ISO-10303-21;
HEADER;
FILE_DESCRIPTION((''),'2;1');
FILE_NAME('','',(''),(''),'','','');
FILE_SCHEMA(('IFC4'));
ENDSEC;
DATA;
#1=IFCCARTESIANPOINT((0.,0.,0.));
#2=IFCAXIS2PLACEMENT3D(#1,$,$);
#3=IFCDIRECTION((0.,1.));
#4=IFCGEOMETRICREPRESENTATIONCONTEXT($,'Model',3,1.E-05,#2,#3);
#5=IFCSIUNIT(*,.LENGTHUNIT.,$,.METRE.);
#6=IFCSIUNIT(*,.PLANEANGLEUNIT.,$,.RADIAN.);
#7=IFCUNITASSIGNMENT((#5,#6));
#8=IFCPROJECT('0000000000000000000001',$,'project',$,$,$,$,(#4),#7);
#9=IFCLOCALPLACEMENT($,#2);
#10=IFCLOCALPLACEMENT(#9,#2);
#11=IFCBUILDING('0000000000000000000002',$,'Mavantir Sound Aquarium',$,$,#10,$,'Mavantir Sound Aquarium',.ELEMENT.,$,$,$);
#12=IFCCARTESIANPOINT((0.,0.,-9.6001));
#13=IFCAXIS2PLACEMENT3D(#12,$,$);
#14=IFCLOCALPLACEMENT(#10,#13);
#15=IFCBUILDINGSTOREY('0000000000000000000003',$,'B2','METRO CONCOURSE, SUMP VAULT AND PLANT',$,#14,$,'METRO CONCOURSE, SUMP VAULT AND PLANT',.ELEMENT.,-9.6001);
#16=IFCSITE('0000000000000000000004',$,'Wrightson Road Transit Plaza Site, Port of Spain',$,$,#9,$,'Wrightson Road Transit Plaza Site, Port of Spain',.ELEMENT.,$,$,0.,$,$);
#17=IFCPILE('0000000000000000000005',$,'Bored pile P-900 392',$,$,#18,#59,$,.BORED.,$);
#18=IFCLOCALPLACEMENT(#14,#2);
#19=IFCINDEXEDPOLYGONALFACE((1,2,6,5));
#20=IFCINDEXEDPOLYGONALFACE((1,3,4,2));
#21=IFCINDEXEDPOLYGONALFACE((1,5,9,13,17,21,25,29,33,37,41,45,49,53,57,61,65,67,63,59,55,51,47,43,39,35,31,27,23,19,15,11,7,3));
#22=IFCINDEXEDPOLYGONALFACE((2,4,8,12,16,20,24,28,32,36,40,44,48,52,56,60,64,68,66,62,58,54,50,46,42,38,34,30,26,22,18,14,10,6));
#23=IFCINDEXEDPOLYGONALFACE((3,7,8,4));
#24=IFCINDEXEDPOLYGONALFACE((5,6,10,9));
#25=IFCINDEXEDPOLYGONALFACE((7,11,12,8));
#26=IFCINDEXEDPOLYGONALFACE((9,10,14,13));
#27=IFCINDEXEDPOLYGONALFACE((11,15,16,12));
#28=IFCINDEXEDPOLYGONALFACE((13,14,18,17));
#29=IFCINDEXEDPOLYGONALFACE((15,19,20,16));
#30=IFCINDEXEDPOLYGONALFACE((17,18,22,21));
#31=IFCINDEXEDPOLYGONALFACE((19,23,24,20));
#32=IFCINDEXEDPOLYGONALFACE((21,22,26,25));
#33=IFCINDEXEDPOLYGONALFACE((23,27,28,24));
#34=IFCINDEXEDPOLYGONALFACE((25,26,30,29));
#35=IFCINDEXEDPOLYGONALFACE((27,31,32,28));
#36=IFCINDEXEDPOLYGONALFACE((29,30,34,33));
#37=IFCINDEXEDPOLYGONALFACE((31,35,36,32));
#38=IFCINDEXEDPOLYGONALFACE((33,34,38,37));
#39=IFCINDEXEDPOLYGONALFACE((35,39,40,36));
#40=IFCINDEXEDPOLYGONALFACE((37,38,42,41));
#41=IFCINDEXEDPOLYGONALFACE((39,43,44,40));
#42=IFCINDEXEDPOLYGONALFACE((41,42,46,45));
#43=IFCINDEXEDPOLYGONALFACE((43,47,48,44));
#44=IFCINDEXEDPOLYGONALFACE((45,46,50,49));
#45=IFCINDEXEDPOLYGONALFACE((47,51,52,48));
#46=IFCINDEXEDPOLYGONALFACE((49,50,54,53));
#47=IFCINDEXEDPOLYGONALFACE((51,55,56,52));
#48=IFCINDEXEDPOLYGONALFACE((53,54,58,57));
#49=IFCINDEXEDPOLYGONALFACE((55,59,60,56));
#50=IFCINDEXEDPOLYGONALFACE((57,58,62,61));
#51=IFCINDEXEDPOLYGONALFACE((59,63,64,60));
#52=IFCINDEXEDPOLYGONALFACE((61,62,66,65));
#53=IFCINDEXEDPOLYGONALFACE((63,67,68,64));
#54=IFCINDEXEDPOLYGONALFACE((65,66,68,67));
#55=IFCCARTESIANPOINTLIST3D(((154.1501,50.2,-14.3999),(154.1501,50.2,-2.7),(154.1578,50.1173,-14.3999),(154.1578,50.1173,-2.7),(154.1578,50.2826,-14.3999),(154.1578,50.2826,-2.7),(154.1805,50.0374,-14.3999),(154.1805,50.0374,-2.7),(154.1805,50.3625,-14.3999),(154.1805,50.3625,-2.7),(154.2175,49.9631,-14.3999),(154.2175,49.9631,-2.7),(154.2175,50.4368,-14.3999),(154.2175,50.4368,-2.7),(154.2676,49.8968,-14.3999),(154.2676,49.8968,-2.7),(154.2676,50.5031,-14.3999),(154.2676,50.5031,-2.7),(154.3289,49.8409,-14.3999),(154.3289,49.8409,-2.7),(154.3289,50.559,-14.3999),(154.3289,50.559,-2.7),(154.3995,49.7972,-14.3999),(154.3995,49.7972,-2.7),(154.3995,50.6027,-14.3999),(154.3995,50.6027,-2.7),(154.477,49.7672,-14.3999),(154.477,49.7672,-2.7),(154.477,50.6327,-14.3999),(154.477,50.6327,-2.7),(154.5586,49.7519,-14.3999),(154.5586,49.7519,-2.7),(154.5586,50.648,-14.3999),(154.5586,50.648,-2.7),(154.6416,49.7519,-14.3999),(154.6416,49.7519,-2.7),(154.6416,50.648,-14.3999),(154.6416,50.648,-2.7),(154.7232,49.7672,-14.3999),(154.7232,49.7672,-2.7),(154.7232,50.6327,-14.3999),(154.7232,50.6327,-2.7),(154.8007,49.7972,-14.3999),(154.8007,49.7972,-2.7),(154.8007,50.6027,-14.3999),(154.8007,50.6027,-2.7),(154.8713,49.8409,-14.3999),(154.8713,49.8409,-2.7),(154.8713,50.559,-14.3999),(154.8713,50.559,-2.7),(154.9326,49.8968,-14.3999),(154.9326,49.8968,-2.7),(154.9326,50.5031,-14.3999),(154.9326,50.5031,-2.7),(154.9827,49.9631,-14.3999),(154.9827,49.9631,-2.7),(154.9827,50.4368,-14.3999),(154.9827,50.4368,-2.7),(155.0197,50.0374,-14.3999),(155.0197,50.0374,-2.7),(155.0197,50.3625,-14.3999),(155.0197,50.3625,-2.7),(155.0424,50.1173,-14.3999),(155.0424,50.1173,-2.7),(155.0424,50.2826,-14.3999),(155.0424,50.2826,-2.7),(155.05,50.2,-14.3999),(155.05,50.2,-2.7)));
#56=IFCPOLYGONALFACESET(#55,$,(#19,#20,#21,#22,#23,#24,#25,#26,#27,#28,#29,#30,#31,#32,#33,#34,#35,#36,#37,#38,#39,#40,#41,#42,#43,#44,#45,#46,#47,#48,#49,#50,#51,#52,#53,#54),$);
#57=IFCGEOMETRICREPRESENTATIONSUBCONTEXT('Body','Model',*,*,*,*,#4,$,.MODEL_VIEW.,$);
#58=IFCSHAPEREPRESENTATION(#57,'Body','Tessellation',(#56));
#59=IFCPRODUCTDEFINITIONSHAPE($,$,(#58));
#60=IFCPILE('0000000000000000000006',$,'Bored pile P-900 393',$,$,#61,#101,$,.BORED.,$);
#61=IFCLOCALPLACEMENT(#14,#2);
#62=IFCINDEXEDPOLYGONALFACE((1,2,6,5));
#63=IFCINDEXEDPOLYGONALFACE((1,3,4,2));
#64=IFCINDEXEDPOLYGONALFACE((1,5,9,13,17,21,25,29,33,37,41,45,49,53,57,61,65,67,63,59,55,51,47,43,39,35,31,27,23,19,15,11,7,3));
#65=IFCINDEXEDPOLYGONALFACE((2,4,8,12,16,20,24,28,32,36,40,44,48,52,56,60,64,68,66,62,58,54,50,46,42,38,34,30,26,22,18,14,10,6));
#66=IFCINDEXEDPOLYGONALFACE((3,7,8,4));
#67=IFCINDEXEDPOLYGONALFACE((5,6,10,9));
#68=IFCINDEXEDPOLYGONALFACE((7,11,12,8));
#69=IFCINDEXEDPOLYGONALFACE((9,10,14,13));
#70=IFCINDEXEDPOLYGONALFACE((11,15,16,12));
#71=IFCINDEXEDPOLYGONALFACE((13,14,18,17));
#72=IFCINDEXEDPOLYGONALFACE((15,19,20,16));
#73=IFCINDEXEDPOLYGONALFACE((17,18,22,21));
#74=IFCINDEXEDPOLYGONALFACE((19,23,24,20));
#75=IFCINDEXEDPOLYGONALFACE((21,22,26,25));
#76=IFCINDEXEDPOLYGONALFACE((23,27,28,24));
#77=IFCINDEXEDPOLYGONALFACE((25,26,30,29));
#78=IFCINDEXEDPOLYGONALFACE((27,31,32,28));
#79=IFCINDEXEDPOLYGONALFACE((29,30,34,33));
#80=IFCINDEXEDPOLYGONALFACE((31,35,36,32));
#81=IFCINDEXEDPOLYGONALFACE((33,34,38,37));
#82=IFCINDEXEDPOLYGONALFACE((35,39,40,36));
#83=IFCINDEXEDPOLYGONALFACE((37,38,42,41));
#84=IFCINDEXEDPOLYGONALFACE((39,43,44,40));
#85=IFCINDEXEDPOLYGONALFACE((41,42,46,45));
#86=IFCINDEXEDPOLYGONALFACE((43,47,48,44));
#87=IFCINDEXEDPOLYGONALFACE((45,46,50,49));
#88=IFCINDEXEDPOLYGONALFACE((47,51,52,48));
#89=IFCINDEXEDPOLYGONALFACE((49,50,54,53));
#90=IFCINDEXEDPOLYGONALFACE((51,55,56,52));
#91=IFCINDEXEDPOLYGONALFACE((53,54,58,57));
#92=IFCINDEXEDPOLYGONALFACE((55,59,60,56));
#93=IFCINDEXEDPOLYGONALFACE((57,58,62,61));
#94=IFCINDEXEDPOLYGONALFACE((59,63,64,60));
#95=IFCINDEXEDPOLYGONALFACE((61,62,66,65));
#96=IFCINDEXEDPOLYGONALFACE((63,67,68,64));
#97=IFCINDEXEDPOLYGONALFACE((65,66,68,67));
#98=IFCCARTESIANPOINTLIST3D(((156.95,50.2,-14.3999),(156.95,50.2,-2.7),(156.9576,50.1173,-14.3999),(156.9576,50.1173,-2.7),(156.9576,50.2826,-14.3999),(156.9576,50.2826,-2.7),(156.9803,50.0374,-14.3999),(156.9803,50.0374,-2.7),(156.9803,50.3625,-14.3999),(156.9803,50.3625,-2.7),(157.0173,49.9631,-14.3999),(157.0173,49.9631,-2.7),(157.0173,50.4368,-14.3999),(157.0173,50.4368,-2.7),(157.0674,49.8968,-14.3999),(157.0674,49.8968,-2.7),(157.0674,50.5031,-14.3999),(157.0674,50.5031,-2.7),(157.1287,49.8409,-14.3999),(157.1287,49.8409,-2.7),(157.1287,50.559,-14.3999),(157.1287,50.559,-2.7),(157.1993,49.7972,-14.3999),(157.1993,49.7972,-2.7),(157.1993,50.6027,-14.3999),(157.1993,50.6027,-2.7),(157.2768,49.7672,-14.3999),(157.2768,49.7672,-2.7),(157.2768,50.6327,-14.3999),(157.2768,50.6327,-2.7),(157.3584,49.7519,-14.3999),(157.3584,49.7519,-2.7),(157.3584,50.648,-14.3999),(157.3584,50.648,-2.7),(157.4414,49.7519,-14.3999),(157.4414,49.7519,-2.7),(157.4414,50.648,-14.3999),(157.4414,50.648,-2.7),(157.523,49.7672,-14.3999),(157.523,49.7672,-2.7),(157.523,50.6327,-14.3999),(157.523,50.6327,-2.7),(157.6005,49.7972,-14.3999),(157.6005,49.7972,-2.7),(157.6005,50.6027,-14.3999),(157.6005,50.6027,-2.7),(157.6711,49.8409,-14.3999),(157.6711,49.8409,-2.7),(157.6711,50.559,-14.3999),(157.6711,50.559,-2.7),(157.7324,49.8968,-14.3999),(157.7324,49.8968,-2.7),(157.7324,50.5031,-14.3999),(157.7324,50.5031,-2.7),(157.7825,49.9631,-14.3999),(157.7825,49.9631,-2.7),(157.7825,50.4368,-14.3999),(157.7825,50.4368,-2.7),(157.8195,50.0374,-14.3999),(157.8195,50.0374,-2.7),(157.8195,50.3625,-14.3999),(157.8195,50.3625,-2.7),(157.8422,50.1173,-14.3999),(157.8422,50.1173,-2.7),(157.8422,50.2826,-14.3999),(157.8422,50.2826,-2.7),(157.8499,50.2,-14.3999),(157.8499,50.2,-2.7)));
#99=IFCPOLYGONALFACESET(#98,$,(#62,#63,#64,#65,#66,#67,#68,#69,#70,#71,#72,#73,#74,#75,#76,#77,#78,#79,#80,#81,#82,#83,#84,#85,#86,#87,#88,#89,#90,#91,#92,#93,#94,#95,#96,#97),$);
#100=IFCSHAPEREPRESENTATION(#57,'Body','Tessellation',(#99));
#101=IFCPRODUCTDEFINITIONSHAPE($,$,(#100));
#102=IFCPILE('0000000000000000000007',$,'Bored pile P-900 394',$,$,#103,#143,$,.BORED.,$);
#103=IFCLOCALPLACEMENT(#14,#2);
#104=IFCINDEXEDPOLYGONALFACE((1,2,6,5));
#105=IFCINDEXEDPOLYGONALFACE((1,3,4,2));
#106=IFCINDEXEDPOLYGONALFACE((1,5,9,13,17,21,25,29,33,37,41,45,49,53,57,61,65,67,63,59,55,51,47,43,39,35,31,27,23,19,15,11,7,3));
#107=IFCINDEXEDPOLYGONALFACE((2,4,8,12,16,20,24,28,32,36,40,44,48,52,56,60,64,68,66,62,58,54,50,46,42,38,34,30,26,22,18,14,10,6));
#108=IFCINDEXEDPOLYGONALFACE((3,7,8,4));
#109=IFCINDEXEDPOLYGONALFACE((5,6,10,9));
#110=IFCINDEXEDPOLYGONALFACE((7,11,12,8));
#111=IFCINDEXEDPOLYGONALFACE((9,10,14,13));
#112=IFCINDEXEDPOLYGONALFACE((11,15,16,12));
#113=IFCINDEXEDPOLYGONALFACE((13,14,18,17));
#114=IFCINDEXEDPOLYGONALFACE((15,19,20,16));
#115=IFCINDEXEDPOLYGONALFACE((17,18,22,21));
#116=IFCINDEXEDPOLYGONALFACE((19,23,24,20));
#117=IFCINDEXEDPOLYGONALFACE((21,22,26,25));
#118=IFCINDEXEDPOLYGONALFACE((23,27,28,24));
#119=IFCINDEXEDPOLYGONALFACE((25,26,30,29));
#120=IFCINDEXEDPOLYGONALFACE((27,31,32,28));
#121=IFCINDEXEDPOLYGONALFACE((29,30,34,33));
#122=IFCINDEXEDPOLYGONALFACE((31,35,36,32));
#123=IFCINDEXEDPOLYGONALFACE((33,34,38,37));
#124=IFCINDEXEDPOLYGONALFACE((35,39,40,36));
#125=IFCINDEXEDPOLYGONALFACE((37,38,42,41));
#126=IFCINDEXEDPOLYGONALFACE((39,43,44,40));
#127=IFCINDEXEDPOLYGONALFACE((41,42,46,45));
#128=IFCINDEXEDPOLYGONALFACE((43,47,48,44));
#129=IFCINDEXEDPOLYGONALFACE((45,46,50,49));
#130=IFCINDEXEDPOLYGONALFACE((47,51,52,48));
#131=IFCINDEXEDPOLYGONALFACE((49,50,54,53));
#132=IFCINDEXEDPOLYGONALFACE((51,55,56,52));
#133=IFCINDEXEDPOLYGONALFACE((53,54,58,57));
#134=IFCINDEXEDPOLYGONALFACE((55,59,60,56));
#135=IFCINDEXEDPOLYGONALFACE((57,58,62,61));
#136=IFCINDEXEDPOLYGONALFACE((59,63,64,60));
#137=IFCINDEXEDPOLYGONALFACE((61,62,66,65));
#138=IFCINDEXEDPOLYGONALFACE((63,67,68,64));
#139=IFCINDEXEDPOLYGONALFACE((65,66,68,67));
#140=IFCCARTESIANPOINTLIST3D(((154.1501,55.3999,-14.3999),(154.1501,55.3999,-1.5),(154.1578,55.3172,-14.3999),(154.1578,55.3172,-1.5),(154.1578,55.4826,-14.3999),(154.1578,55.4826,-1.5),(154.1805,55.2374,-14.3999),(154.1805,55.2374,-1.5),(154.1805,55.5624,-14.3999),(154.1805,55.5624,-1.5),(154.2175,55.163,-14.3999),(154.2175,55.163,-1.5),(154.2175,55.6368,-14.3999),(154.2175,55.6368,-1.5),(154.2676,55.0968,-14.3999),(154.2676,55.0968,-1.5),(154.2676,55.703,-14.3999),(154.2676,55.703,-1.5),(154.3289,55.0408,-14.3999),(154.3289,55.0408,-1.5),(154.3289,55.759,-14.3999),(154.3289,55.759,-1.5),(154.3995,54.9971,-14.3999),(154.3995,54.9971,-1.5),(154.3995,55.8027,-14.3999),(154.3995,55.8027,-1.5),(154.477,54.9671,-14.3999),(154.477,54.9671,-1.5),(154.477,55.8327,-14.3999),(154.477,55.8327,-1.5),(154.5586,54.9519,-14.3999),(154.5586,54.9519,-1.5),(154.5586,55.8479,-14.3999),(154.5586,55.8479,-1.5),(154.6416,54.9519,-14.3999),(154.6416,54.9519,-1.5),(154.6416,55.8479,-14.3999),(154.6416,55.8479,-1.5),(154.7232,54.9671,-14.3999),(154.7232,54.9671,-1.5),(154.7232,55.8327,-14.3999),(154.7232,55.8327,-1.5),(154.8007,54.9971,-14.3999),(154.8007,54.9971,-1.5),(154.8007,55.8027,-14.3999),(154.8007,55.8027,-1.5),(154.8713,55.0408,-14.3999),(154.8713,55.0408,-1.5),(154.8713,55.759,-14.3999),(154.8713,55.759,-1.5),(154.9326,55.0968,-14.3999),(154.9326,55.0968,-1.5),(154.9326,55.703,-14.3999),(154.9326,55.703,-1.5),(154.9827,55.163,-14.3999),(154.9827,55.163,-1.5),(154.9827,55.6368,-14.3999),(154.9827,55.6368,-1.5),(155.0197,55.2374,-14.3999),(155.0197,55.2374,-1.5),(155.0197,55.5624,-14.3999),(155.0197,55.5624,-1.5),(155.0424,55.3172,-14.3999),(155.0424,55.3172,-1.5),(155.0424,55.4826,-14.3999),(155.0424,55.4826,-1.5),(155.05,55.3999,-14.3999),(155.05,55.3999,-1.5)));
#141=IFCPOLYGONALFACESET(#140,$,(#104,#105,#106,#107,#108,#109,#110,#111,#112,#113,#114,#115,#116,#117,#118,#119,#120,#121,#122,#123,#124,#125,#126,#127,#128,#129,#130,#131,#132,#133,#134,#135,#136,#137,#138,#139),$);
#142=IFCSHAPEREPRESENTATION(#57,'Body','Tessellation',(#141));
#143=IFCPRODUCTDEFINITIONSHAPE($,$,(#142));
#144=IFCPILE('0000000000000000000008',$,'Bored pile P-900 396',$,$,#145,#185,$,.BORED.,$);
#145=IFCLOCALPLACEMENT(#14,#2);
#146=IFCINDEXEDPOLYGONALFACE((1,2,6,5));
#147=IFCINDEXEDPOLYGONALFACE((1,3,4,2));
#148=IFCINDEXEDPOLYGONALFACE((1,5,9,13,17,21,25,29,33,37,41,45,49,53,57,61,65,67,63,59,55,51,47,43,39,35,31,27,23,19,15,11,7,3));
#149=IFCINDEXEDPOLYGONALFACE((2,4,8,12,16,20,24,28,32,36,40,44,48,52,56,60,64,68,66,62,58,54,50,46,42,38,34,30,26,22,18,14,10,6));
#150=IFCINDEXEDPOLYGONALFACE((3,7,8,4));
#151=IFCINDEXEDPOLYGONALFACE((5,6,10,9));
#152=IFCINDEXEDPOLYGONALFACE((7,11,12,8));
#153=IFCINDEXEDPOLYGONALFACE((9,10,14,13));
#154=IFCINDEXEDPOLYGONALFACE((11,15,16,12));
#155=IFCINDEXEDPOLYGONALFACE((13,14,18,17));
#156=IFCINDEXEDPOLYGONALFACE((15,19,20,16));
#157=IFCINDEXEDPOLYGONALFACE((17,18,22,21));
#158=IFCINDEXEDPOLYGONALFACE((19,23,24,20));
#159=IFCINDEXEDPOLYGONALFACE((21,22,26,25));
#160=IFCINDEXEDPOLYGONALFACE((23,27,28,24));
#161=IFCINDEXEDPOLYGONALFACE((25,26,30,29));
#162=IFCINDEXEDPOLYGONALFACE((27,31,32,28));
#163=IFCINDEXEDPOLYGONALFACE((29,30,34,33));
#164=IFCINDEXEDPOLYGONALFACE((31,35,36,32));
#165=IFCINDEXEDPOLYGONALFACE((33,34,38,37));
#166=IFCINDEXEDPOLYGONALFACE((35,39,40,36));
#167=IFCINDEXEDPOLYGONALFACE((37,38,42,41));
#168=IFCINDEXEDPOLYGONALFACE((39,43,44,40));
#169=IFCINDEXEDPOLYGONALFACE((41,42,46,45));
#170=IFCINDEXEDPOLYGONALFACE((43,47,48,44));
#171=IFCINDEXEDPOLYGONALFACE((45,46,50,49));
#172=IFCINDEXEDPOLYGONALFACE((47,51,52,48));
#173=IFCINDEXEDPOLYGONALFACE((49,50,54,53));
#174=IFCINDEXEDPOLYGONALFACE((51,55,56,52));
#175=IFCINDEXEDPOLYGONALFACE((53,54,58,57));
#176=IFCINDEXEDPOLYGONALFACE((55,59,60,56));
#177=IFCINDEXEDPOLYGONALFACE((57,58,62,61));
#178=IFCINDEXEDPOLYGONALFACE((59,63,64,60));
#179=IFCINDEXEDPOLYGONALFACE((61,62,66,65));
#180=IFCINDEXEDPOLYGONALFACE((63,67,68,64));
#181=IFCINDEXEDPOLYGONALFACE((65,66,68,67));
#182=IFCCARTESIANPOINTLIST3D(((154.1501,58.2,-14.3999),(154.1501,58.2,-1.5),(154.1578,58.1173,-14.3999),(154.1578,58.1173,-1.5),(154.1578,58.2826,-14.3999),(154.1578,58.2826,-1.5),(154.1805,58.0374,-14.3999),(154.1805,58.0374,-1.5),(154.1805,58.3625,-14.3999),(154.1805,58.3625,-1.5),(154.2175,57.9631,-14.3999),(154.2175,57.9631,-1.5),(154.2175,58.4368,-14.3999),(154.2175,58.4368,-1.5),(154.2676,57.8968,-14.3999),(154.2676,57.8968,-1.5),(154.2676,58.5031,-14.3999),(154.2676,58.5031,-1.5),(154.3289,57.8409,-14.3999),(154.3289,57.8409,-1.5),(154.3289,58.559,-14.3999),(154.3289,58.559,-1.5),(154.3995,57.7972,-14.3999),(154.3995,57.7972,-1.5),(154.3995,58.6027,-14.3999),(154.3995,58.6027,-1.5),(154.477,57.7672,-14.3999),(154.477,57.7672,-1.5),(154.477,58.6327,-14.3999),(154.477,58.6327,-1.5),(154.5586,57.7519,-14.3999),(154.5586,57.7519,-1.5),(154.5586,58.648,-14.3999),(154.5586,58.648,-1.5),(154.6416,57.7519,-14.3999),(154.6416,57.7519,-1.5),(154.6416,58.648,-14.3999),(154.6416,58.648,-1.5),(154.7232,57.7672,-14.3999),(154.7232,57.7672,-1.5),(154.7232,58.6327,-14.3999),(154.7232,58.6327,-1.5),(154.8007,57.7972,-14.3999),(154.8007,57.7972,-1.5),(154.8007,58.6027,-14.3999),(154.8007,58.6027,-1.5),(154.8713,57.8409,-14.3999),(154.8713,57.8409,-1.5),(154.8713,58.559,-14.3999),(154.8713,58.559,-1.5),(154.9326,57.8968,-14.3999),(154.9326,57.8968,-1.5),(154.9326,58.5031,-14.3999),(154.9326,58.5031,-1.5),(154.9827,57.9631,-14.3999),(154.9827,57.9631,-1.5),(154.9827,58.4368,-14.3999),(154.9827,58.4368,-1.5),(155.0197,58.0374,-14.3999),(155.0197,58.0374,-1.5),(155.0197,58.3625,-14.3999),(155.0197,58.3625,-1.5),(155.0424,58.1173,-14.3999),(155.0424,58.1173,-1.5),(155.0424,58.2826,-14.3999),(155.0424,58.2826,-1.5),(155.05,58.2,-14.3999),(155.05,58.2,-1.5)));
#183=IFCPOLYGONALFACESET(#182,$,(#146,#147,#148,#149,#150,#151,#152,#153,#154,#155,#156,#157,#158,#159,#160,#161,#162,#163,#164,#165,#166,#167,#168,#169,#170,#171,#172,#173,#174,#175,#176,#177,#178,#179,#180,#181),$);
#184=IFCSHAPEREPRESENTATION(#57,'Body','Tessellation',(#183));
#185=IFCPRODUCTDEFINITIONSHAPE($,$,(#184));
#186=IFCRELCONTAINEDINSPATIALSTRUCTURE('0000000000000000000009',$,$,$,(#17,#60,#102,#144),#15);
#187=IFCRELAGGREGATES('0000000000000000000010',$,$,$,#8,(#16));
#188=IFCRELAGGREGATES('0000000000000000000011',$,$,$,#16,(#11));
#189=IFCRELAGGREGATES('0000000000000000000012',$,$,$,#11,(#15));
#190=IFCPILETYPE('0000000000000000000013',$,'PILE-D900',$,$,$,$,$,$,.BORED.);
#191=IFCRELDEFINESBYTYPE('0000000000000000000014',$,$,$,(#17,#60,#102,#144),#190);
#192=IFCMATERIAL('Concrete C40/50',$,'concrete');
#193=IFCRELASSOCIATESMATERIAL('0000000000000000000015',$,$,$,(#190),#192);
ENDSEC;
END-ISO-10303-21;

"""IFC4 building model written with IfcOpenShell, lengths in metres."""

from ifc_helpers import new_model, si_unit, direction, frame, origin, origin_2d, place, context, subcontext, project, spatial, circle, extrude, material, material_profile, profile_set, type_object, element, save


model = new_model("IFC4")

# Units and contexts
model_context = context("Model", 3, precision=1e-05, world=origin(), true_north=direction((0.0, 1.0)))
body_context = subcontext(model_context, "Body", "Model", "MODEL_VIEW")
ifc_project = project(units=[si_unit("LENGTHUNIT", "METRE"), si_unit("PLANEANGLEUNIT", "RADIAN")], contexts=[model_context])

# Site, building, storey
site_placement = place(None, origin())
site = spatial("IfcSite", under=ifc_project, at=site_placement, Name="Wrightson Road Transit Plaza Site, Port of Spain", LongName="Wrightson Road Transit Plaza Site, Port of Spain", CompositionType="ELEMENT", RefElevation=0.0)
building_placement = place(site_placement, origin())
building = spatial("IfcBuilding", under=site, at=building_placement, Name="Mavantir Sound Aquarium", LongName="Mavantir Sound Aquarium", CompositionType="ELEMENT")
storey_placement = place(building_placement, frame((0.0, 0.0, -9.6001)))
storey = spatial("IfcBuildingStorey", under=building, at=storey_placement, Name="B2", Description="METRO CONCOURSE, SUMP VAULT AND PLANT", LongName="METRO CONCOURSE, SUMP VAULT AND PLANT", CompositionType="ELEMENT", Elevation=-9.6001)

# Shared definitions
ifc_material_1 = material(Name="Concrete C40/50", Category="concrete")

# Piles
ifc_material_profile_1 = material_profile(ifc_material_1, circle(Radius=0.45, at=origin_2d()), Name="PILE D900")
ifc_profile_set_1 = profile_set([ifc_material_profile_1], Name="Concrete C40/50")
pile_type = type_object("IfcPileType", Name="PILE-D900", PredefinedType="BORED", material=ifc_profile_set_1)
for number, where, z_axis, x_axis, name in (
    (1, (154.6001, 50.2, -2.7), (0.0, 0.0, -1.0), (1.0, 0.0, 0.0), "Bored pile P-900 392"),
    (2, (157.3999, 50.2, -2.7), (0.0, 0.0, -1.0), (1.0, 0.0, 0.0), "Bored pile P-900 393"),
):
    element("IfcPile", number, at=place(storey_placement, frame(where, z_axis=z_axis, x_axis=x_axis)), inside=storey, type_object=pile_type, Name=name, PredefinedType="BORED", context=body_context, shape_type="SweptSolid", body=[
        extrude(circle(Radius=0.45, at=origin_2d()), origin(), (0.0, 0.0, 1.0), 11.7),
    ])
for number, where, z_axis, x_axis, name in (
    (3, (154.6001, 55.3999, -1.5), (0.0, 0.0, -1.0), (1.0, 0.0, 0.0), "Bored pile P-900 394"),
    (4, (154.6001, 58.2, -1.5), (0.0, 0.0, -1.0), (1.0, 0.0, 0.0), "Bored pile P-900 396"),
):
    element("IfcPile", number, at=place(storey_placement, frame(where, z_axis=z_axis, x_axis=x_axis)), inside=storey, type_object=pile_type, Name=name, PredefinedType="BORED", context=body_context, shape_type="SweptSolid", body=[
        extrude(circle(Radius=0.45, at=origin_2d()), origin(), (0.0, 0.0, 1.0), 12.8999),
    ])

save(model, "model.ifc")
